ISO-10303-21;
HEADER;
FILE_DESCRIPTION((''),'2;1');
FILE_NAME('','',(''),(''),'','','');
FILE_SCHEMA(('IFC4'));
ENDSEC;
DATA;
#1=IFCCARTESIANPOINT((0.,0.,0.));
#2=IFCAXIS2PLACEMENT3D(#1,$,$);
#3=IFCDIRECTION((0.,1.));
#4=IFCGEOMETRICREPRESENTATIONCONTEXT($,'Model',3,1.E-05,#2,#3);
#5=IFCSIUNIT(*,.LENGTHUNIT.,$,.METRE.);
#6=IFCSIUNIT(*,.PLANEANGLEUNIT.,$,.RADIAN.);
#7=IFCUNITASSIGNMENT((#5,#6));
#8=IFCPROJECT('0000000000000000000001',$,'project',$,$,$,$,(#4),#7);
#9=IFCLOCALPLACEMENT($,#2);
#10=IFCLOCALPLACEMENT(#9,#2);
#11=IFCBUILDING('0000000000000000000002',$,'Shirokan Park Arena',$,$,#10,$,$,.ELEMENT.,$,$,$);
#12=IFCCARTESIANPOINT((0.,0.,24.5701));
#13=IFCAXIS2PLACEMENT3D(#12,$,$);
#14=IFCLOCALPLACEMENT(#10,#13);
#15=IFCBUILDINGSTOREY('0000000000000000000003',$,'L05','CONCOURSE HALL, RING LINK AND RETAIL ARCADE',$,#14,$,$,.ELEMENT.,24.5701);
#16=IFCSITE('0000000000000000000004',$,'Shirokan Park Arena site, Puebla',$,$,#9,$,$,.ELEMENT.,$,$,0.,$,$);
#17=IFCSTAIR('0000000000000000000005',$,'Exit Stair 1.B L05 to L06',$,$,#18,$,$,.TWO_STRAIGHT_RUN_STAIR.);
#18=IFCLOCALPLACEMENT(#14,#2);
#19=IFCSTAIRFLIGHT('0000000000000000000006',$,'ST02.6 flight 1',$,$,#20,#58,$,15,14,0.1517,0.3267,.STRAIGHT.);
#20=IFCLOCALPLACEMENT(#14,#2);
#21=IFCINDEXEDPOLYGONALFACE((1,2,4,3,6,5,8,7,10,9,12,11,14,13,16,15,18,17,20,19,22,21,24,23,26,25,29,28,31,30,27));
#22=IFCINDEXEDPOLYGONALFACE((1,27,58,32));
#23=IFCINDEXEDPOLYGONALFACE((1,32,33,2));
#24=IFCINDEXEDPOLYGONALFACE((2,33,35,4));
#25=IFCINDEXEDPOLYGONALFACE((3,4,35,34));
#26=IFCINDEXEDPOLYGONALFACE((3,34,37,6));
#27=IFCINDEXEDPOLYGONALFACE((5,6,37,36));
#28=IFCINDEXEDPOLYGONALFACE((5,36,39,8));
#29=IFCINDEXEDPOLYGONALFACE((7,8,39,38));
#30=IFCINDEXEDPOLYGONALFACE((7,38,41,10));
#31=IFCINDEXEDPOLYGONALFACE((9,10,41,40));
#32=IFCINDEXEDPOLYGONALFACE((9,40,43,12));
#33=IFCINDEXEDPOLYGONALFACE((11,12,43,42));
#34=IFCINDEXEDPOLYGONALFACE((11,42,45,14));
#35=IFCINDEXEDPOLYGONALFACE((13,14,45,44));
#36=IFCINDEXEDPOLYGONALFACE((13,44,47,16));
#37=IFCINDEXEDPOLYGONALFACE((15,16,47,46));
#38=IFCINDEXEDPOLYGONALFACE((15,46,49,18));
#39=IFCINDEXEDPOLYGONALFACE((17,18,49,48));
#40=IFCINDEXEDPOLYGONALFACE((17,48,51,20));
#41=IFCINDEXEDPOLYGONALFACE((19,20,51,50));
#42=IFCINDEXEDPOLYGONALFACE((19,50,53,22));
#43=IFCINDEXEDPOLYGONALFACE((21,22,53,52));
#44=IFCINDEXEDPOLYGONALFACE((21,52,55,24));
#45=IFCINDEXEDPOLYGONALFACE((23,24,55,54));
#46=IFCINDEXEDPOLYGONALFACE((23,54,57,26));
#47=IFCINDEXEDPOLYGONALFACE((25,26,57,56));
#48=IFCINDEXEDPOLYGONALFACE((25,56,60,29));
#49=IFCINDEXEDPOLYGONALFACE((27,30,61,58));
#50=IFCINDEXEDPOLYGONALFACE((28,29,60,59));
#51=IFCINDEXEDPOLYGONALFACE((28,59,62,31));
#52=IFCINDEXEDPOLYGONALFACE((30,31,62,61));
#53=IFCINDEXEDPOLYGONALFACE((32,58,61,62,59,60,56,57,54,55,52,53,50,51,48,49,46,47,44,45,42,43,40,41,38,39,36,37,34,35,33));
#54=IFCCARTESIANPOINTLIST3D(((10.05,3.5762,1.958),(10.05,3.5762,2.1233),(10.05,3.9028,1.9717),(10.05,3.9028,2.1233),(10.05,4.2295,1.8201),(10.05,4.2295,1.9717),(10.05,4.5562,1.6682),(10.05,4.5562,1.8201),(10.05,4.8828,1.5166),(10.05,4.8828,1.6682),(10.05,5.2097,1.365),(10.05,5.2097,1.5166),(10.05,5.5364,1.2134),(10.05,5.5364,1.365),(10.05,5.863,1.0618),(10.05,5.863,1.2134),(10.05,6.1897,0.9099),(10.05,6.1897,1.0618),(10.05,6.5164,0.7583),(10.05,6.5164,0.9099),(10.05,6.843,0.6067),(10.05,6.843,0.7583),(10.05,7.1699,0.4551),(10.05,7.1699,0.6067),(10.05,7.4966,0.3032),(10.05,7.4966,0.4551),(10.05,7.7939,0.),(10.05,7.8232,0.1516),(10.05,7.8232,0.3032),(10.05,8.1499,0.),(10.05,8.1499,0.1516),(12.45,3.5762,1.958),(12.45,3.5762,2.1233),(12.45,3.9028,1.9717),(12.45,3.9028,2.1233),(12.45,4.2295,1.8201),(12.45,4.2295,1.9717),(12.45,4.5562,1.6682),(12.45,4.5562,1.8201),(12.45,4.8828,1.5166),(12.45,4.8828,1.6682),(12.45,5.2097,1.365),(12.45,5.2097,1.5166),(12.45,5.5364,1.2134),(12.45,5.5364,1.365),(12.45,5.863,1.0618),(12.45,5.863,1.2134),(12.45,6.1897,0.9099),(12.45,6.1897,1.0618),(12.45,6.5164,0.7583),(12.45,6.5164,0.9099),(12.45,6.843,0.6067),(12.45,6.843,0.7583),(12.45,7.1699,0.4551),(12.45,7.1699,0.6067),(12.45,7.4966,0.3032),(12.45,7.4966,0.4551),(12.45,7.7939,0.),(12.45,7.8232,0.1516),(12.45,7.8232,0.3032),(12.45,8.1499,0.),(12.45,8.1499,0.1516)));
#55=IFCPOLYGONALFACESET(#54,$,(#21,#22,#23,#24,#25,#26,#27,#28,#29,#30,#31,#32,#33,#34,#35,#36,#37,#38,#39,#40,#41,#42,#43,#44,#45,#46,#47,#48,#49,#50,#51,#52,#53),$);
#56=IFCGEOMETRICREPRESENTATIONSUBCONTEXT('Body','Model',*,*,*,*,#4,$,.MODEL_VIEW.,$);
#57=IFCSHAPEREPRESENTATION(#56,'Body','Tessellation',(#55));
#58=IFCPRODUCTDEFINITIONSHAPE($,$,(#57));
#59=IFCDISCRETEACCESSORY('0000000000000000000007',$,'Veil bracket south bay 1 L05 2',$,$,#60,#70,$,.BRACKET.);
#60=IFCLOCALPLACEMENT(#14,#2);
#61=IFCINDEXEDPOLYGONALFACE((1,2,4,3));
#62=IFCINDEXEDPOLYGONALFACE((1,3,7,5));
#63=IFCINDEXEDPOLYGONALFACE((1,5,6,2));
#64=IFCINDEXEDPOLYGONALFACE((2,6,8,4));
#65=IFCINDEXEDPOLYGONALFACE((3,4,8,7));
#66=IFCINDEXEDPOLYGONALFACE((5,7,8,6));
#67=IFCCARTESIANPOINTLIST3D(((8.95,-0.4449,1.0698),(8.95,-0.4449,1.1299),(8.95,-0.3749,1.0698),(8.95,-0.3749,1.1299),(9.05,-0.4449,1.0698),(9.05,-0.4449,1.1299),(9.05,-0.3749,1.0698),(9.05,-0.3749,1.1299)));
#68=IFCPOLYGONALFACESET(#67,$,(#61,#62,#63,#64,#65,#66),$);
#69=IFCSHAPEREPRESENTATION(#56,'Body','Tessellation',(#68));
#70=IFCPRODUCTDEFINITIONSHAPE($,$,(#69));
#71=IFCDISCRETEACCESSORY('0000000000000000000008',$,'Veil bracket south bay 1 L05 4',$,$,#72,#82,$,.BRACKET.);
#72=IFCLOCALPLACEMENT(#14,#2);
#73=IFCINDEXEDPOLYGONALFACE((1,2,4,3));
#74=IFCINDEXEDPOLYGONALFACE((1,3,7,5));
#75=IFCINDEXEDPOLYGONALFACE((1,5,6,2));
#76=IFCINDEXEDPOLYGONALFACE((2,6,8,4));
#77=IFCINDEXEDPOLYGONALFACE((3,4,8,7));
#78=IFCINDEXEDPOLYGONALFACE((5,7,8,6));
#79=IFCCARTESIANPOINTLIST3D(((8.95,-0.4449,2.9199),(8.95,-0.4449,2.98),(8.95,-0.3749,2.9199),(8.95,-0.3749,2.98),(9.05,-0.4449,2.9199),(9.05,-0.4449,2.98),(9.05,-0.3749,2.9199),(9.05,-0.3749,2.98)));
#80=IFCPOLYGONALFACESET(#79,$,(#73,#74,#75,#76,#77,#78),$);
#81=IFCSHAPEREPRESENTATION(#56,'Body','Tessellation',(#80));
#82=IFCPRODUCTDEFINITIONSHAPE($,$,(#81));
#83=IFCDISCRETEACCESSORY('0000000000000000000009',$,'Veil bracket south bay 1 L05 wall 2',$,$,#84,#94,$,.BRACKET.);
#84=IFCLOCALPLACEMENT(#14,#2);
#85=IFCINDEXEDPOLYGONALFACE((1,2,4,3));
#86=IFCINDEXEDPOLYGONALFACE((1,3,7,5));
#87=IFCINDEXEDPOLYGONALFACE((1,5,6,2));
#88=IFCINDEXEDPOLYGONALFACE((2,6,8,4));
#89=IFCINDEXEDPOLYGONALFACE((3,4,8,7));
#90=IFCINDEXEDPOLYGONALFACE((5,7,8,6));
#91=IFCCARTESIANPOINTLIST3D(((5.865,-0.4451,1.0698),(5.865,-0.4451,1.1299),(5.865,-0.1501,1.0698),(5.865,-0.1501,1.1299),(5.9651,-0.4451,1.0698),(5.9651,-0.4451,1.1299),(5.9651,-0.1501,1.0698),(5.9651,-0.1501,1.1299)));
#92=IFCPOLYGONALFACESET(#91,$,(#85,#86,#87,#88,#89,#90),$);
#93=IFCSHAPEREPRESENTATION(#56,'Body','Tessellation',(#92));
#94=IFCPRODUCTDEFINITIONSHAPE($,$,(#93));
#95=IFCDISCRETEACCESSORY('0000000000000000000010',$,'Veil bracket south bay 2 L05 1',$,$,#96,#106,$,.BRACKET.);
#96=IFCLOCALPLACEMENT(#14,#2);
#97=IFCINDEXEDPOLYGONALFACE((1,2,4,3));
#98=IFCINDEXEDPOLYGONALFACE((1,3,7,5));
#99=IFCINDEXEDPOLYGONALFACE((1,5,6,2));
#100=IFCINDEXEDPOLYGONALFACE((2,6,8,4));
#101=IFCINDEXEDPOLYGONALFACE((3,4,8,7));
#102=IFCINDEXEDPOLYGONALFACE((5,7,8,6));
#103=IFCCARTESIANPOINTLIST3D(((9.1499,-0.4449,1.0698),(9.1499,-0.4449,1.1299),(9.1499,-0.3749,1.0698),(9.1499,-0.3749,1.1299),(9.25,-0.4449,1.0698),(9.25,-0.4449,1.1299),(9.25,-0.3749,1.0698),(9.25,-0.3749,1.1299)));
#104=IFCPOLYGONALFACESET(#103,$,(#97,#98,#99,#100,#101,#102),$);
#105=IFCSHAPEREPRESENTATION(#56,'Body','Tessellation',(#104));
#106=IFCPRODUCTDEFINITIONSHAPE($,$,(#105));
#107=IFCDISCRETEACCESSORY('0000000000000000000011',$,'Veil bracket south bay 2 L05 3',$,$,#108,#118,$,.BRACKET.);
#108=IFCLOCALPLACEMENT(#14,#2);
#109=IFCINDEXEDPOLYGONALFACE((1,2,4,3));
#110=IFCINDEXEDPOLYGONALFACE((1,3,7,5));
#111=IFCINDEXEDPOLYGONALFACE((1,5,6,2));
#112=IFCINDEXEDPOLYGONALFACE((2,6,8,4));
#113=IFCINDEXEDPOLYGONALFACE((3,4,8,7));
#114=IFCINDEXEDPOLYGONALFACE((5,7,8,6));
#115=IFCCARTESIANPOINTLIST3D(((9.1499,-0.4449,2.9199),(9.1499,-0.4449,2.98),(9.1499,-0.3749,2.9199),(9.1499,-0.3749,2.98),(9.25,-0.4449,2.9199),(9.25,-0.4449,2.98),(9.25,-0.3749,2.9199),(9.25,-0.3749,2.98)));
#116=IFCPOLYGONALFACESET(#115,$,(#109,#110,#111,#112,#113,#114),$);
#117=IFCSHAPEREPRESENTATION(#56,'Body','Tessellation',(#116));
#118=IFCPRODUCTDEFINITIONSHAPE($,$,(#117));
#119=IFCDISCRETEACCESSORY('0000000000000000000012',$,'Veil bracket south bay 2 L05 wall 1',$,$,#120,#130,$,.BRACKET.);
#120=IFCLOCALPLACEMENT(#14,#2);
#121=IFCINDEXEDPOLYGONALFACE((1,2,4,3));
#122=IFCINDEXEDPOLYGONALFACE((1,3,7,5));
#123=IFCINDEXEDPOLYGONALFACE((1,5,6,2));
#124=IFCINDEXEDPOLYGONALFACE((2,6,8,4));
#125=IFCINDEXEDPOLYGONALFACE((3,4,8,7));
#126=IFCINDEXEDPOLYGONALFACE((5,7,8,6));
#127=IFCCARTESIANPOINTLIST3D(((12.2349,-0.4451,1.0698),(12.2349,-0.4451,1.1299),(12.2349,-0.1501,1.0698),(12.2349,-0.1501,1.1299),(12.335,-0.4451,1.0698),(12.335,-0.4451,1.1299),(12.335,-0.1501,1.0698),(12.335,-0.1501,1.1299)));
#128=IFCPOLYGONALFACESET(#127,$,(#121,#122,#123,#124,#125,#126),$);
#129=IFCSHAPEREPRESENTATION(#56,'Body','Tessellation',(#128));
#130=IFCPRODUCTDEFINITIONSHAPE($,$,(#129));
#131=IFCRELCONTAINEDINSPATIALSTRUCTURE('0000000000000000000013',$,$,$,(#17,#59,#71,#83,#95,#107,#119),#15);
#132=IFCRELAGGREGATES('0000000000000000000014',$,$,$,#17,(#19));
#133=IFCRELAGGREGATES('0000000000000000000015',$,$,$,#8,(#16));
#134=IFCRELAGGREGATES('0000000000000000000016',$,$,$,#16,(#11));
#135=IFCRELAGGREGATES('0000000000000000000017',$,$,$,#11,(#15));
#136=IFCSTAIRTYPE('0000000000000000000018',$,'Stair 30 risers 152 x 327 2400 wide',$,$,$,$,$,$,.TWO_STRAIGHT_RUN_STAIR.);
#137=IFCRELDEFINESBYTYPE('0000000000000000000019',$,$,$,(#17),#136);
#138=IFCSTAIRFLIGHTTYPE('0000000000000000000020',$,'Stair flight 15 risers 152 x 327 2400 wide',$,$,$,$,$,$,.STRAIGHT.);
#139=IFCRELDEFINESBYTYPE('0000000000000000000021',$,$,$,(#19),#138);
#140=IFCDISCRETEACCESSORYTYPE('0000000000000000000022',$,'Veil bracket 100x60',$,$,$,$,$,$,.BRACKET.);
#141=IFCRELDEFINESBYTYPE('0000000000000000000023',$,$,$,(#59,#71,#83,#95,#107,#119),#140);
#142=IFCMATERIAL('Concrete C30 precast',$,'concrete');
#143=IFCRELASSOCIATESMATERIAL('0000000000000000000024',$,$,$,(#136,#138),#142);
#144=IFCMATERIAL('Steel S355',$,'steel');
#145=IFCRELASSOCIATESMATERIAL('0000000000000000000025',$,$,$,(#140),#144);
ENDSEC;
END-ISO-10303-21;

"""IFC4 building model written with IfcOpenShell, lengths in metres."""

from ifc_helpers import new_model, si_unit, direction, frame, origin, origin_2d, place, context, subcontext, project, spatial, polyline, rectangle, outline, extrude, material, type_object, element, aggregate, save


model = new_model("IFC4")

# Units and contexts
model_context = context("Model", 3, precision=1e-05, world=origin(), true_north=direction((0.0, 1.0)))
body_context = subcontext(model_context, "Body", "Model", "MODEL_VIEW")
ifc_project = project(units=[si_unit("LENGTHUNIT", "METRE"), si_unit("PLANEANGLEUNIT", "RADIAN")], contexts=[model_context])

# Site, building, storey
site_placement = place(None, origin())
site = spatial("IfcSite", under=ifc_project, at=site_placement, Name="Shirokan Park Arena site, Puebla", CompositionType="ELEMENT", RefElevation=0.0)
building_placement = place(site_placement, origin())
building = spatial("IfcBuilding", under=site, at=building_placement, Name="Shirokan Park Arena", CompositionType="ELEMENT")
storey_placement = place(building_placement, frame((0.0, 0.0, 24.5701)))
storey = spatial("IfcBuildingStorey", under=building, at=storey_placement, Name="L05", Description="CONCOURSE HALL, RING LINK AND RETAIL ARCADE", CompositionType="ELEMENT", Elevation=24.5701)

# Stair, stair flight
ifc_material_1 = material(Name="Concrete C30 precast", Category="concrete")
stair_type = type_object("IfcStairType", Name="Stair 30 risers 152 x 327 2400 wide", PredefinedType="TWO_STRAIGHT_RUN_STAIR", material=ifc_material_1)
stair_placement = place(storey_placement, origin())
stair = element("IfcStair", 1, at=stair_placement, inside=storey, type_object=stair_type, Name="Exit Stair 1.B L05 to L06", PredefinedType="TWO_STRAIGHT_RUN_STAIR")
stair_flight_type = type_object("IfcStairFlightType", Name="Stair flight 15 risers 152 x 327 2400 wide", PredefinedType="STRAIGHT", material=ifc_material_1)
stair_flight_placement = place(storey_placement, frame((11.25, 8.1499, 0.0), z_axis=(0.0, 0.0, 1.0), x_axis=(0.0, -1.0, 0.0)))
stair_flight = element("IfcStairFlight", 2, at=stair_flight_placement, type_object=stair_flight_type, Name="ST02.6 flight 1", NumberOfRisers=15, NumberOfTreads=14, PredefinedType="STRAIGHT", RiserHeight=0.1517, TreadLength=0.3267, context=body_context, shape_type="SweptSolid", body=[
    extrude(outline(polyline([(0.0, 0.0), (0.0, 0.1516), (0.3267, 0.1516), (0.3267, 0.3032), (0.6533, 0.3032), (0.6533, 0.4551), (0.98, 0.4551), (0.98, 0.6067), (1.3069, 0.6067), (1.3069, 0.7583), (1.6335, 0.7583), (1.6335, 0.9099), (1.9602, 0.9099), (1.9602, 1.0618), (2.2869, 1.0618), (2.2869, 1.2134), (2.6135, 1.2134), (2.6135, 1.365), (2.9402, 1.365), (2.9402, 1.5166), (3.2671, 1.5166), (3.2671, 1.6682), (3.5938, 1.6682), (3.5938, 1.8201), (3.9204, 1.8201), (3.9204, 1.9717), (4.2471, 1.9717), (4.2471, 2.1233), (4.5737, 2.1233), (4.5737, 2.2749), (4.5737, 1.958), (0.356, 0.0), (0.0, 0.0)])), frame((0.0, 1.2, 0.0), z_axis=(0.0, -1.0, 0.0), x_axis=(1.0, 0.0, 0.0)), (0.0, 0.0, 1.0), 2.3999),
])
aggregate(stair, [stair_flight])

# Discrete accessories
ifc_material_2 = material(Name="Steel S355", Category="steel")
discrete_accessory_type = type_object("IfcDiscreteAccessoryType", Name="Veil bracket 100x60", PredefinedType="BRACKET", material=ifc_material_2)
for number, where, z_axis, x_axis, name in (
    (3, (9.0, -0.4099, 1.0698), (0.0, 0.0, 1.0), (1.0, 0.0, 0.0), "Veil bracket south bay 1 L05 2"),
    (4, (9.0, -0.4099, 2.9199), (0.0, 0.0, 1.0), (1.0, 0.0, 0.0), "Veil bracket south bay 1 L05 4"),
):
    element("IfcDiscreteAccessory", number, at=place(storey_placement, frame(where, z_axis=z_axis, x_axis=x_axis)), inside=storey, type_object=discrete_accessory_type, Name=name, PredefinedType="BRACKET", context=body_context, shape_type="SweptSolid", body=[
        extrude(rectangle(XDim=0.1001, YDim=0.0701, at=origin_2d()), origin(), (0.0, 0.0, 1.0), 0.0601),
    ])
discrete_accessory_1_placement = place(storey_placement, frame((5.915, -0.2976, 1.0698), z_axis=(0.0, 0.0, 1.0), x_axis=(1.0, 0.0, 0.0)))
element("IfcDiscreteAccessory", 5, at=discrete_accessory_1_placement, inside=storey, type_object=discrete_accessory_type, Name="Veil bracket south bay 1 L05 wall 2", PredefinedType="BRACKET", context=body_context, shape_type="SweptSolid", body=[
    extrude(rectangle(XDim=0.1001, YDim=0.2949, at=origin_2d()), origin(), (0.0, 0.0, 1.0), 0.0601),
])
for number, where, z_axis, x_axis, name in (
    (6, (9.2, -0.4099, 1.0698), (0.0, 0.0, 1.0), (1.0, 0.0, 0.0), "Veil bracket south bay 2 L05 1"),
    (7, (9.2, -0.4099, 2.9199), (0.0, 0.0, 1.0), (1.0, 0.0, 0.0), "Veil bracket south bay 2 L05 3"),
):
    element("IfcDiscreteAccessory", number, at=place(storey_placement, frame(where, z_axis=z_axis, x_axis=x_axis)), inside=storey, type_object=discrete_accessory_type, Name=name, PredefinedType="BRACKET", context=body_context, shape_type="SweptSolid", body=[
        extrude(rectangle(XDim=0.1001, YDim=0.0701, at=origin_2d()), origin(), (0.0, 0.0, 1.0), 0.0601),
    ])
discrete_accessory_2_placement = place(storey_placement, frame((12.2849, -0.2976, 1.0698), z_axis=(0.0, 0.0, 1.0), x_axis=(1.0, 0.0, 0.0)))
element("IfcDiscreteAccessory", 8, at=discrete_accessory_2_placement, inside=storey, type_object=discrete_accessory_type, Name="Veil bracket south bay 2 L05 wall 1", PredefinedType="BRACKET", context=body_context, shape_type="SweptSolid", body=[
    extrude(rectangle(XDim=0.1001, YDim=0.2949, at=origin_2d()), origin(), (0.0, 0.0, 1.0), 0.0601),
])

save(model, "model.ifc")
